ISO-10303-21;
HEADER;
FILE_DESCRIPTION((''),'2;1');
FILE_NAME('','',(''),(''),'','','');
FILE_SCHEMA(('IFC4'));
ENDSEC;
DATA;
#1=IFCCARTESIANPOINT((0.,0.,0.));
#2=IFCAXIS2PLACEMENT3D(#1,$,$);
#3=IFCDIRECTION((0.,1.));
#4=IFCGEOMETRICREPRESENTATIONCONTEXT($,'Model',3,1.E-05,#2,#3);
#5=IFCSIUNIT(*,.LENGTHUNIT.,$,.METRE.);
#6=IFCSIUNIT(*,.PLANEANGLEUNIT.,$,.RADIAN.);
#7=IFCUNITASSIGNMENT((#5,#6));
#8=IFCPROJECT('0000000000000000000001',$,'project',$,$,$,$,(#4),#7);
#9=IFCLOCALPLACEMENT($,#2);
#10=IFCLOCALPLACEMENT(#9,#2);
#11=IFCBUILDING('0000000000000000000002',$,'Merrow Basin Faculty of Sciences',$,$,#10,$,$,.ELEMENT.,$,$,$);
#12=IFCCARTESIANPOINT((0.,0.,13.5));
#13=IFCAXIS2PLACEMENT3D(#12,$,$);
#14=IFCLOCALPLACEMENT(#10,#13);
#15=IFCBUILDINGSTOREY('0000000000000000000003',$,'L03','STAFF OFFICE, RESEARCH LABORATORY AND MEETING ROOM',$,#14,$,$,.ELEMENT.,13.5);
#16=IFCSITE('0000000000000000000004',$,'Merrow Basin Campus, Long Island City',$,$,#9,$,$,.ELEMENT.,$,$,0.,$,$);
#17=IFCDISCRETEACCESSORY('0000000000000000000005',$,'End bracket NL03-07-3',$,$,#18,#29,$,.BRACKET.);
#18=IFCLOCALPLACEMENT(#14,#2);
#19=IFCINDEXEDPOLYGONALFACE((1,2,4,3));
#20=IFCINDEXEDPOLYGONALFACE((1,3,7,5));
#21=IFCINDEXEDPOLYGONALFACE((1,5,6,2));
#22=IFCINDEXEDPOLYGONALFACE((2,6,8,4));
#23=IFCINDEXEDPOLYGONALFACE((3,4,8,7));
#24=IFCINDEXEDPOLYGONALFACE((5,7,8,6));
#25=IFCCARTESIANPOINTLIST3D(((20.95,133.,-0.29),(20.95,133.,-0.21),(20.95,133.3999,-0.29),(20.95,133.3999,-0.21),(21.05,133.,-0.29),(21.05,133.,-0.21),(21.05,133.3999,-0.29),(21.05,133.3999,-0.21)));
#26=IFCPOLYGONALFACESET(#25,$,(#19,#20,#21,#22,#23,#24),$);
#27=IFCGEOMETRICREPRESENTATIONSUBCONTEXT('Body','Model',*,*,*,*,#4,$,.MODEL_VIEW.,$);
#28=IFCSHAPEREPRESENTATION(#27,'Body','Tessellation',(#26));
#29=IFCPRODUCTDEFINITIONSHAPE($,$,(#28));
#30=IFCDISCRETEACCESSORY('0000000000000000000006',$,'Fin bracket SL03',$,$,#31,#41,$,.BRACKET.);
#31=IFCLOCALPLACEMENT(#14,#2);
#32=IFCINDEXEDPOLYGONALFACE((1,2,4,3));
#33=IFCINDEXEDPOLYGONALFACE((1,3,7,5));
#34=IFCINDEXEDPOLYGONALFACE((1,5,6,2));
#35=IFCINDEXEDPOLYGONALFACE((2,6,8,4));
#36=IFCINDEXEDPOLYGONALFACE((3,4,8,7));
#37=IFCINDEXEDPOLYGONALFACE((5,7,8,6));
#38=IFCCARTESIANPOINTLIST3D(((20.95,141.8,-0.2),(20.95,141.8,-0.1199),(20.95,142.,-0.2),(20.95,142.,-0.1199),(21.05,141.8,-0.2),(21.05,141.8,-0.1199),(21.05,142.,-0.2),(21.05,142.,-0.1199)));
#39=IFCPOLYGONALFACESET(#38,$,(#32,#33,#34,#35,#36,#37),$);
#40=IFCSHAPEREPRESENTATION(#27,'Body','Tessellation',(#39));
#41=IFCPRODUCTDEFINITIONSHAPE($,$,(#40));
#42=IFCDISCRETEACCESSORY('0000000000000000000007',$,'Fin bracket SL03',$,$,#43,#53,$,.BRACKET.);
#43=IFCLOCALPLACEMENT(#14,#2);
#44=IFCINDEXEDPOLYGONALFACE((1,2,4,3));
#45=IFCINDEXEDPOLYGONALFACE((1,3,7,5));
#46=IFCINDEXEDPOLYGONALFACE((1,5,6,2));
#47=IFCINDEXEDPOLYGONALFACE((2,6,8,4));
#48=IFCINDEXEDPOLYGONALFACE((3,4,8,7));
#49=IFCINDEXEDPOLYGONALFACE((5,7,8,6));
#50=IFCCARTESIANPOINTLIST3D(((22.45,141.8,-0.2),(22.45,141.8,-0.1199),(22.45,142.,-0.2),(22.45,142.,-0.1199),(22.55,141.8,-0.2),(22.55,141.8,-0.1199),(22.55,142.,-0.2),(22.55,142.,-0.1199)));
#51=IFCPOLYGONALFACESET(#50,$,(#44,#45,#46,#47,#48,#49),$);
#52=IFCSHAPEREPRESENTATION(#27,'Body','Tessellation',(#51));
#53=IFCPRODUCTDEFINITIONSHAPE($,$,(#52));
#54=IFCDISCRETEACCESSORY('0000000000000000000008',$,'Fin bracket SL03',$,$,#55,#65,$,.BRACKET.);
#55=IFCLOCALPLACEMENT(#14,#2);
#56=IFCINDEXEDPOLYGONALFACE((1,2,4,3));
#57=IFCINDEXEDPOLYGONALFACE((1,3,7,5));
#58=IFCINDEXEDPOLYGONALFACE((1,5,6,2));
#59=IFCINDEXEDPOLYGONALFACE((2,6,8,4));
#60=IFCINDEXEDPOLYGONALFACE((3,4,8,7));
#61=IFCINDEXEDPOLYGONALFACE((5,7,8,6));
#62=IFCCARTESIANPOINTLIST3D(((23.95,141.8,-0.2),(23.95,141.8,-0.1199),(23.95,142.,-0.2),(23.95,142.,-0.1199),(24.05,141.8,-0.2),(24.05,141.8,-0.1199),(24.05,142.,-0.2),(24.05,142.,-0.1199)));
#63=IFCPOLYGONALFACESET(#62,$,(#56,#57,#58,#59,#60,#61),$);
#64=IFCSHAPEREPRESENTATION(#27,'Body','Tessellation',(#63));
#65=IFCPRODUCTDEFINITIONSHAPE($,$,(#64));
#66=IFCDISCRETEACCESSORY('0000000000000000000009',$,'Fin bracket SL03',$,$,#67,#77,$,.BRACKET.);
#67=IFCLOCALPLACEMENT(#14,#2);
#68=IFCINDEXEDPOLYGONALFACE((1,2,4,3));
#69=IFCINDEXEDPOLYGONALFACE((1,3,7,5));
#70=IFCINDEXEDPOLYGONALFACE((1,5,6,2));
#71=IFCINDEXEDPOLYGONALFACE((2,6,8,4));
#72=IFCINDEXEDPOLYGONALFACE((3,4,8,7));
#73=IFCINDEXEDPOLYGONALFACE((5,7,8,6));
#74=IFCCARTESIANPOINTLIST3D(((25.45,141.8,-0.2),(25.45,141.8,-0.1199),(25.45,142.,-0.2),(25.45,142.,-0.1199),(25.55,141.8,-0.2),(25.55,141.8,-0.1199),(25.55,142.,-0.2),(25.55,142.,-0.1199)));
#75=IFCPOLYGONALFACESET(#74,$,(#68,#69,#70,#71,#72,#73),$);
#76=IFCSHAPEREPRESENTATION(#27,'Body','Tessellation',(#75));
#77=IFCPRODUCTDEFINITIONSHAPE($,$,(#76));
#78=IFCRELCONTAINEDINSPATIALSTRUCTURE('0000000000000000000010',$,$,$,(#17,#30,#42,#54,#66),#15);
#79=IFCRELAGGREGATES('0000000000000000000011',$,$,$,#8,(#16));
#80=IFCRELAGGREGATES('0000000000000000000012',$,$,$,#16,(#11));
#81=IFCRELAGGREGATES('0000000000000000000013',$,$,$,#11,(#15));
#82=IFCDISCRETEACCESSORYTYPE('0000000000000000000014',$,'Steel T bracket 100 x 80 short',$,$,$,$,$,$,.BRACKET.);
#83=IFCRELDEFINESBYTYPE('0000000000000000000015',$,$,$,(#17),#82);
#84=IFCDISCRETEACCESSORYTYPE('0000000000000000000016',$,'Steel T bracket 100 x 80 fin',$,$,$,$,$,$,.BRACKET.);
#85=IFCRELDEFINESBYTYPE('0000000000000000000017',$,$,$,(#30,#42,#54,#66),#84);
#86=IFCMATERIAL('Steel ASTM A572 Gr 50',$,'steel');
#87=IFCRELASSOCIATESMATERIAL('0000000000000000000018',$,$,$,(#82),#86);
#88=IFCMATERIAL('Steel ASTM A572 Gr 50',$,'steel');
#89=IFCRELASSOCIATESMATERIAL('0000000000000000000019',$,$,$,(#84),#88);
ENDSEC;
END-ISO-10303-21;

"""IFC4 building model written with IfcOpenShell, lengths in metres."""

from ifc_helpers import new_model, si_unit, direction, frame, origin, place, context, subcontext, project, spatial, polyline, outline, extrude, source, transform, mapped, material, type_object, element, save


model = new_model("IFC4")

# Units and contexts
model_context = context("Model", 3, precision=1e-05, world=origin(), true_north=direction((0.0, 1.0)))
body_context = subcontext(model_context, "Body", "Model", "MODEL_VIEW")
ifc_project = project(units=[si_unit("LENGTHUNIT", "METRE"), si_unit("PLANEANGLEUNIT", "RADIAN")], contexts=[model_context])

# Site, building, storey
site_placement = place(None, origin())
site = spatial("IfcSite", under=ifc_project, at=site_placement, Name="Merrow Basin Campus, Long Island City", CompositionType="ELEMENT", RefElevation=0.0)
building_placement = place(site_placement, origin())
building = spatial("IfcBuilding", under=site, at=building_placement, Name="Merrow Basin Faculty of Sciences", CompositionType="ELEMENT")
storey_placement = place(building_placement, frame((0.0, 0.0, 13.5)))
storey = spatial("IfcBuildingStorey", under=building, at=storey_placement, Name="L03", Description="STAFF OFFICE, RESEARCH LABORATORY AND MEETING ROOM", CompositionType="ELEMENT", Elevation=13.5)

# Discrete accessories
ifc_material_1 = material(Name="Steel ASTM A572 Gr 50", Category="steel")
discrete_accessory_type_1 = type_object("IfcDiscreteAccessoryType", Name="Steel T bracket 100 x 80 short", PredefinedType="BRACKET", material=ifc_material_1)
shared_shape_1 = source(origin(), body_context, "Body", "SweptSolid", [
    extrude(outline(polyline([(0.0, 0.0), (0.1001, 0.0), (0.1001, 0.0801), (0.0, 0.0801), (0.0, 0.0)])), origin(), (0.0, 0.0, 1.0), 0.3999),
])
discrete_accessory_1_placement = place(storey_placement, frame((20.95, 133.3999, -0.29), z_axis=(0.0, -1.0, 0.0), x_axis=(1.0, 0.0, 0.0)))
element("IfcDiscreteAccessory", 1, at=discrete_accessory_1_placement, inside=storey, type_object=discrete_accessory_type_1, Name="End bracket NL03-07-3", PredefinedType="BRACKET", context=body_context, shape_type="MappedRepresentation", body=[
    mapped(shared_shape_1, transform((0.0, 0.0, 0.0), scale=1.0)),
])
ifc_material_2 = material(Name="Steel ASTM A572 Gr 50", Category="steel")
discrete_accessory_type_2 = type_object("IfcDiscreteAccessoryType", Name="Steel T bracket 100 x 80 fin", PredefinedType="BRACKET", material=ifc_material_2)
shared_shape_2 = source(origin(), body_context, "Body", "SweptSolid", [
    extrude(outline(polyline([(0.0, 0.0), (0.1001, 0.0), (0.1001, 0.0801), (0.0, 0.0801), (0.0, 0.0)])), origin(), (0.0, 0.0, 1.0), 0.2),
])
for number, where, z_axis, x_axis, name in (
    (2, (20.95, 142.0, -0.2), (0.0, -1.0, 0.0), (1.0, 0.0, 0.0), "Fin bracket SL03"),
    (3, (22.45, 142.0, -0.2), (0.0, -1.0, 0.0), (1.0, 0.0, 0.0), "Fin bracket SL03"),
    (4, (23.95, 142.0, -0.2), (0.0, -1.0, 0.0), (1.0, 0.0, 0.0), "Fin bracket SL03"),
    (5, (25.45, 142.0, -0.2), (0.0, -1.0, 0.0), (1.0, 0.0, 0.0), "Fin bracket SL03"),
):
    element("IfcDiscreteAccessory", number, at=place(storey_placement, frame(where, z_axis=z_axis, x_axis=x_axis)), inside=storey, type_object=discrete_accessory_type_2, Name=name, PredefinedType="BRACKET", context=body_context, shape_type="MappedRepresentation", body=[
        mapped(shared_shape_2, transform((0.0, 0.0, 0.0), scale=1.0)),
    ])

save(model, "model.ifc")
